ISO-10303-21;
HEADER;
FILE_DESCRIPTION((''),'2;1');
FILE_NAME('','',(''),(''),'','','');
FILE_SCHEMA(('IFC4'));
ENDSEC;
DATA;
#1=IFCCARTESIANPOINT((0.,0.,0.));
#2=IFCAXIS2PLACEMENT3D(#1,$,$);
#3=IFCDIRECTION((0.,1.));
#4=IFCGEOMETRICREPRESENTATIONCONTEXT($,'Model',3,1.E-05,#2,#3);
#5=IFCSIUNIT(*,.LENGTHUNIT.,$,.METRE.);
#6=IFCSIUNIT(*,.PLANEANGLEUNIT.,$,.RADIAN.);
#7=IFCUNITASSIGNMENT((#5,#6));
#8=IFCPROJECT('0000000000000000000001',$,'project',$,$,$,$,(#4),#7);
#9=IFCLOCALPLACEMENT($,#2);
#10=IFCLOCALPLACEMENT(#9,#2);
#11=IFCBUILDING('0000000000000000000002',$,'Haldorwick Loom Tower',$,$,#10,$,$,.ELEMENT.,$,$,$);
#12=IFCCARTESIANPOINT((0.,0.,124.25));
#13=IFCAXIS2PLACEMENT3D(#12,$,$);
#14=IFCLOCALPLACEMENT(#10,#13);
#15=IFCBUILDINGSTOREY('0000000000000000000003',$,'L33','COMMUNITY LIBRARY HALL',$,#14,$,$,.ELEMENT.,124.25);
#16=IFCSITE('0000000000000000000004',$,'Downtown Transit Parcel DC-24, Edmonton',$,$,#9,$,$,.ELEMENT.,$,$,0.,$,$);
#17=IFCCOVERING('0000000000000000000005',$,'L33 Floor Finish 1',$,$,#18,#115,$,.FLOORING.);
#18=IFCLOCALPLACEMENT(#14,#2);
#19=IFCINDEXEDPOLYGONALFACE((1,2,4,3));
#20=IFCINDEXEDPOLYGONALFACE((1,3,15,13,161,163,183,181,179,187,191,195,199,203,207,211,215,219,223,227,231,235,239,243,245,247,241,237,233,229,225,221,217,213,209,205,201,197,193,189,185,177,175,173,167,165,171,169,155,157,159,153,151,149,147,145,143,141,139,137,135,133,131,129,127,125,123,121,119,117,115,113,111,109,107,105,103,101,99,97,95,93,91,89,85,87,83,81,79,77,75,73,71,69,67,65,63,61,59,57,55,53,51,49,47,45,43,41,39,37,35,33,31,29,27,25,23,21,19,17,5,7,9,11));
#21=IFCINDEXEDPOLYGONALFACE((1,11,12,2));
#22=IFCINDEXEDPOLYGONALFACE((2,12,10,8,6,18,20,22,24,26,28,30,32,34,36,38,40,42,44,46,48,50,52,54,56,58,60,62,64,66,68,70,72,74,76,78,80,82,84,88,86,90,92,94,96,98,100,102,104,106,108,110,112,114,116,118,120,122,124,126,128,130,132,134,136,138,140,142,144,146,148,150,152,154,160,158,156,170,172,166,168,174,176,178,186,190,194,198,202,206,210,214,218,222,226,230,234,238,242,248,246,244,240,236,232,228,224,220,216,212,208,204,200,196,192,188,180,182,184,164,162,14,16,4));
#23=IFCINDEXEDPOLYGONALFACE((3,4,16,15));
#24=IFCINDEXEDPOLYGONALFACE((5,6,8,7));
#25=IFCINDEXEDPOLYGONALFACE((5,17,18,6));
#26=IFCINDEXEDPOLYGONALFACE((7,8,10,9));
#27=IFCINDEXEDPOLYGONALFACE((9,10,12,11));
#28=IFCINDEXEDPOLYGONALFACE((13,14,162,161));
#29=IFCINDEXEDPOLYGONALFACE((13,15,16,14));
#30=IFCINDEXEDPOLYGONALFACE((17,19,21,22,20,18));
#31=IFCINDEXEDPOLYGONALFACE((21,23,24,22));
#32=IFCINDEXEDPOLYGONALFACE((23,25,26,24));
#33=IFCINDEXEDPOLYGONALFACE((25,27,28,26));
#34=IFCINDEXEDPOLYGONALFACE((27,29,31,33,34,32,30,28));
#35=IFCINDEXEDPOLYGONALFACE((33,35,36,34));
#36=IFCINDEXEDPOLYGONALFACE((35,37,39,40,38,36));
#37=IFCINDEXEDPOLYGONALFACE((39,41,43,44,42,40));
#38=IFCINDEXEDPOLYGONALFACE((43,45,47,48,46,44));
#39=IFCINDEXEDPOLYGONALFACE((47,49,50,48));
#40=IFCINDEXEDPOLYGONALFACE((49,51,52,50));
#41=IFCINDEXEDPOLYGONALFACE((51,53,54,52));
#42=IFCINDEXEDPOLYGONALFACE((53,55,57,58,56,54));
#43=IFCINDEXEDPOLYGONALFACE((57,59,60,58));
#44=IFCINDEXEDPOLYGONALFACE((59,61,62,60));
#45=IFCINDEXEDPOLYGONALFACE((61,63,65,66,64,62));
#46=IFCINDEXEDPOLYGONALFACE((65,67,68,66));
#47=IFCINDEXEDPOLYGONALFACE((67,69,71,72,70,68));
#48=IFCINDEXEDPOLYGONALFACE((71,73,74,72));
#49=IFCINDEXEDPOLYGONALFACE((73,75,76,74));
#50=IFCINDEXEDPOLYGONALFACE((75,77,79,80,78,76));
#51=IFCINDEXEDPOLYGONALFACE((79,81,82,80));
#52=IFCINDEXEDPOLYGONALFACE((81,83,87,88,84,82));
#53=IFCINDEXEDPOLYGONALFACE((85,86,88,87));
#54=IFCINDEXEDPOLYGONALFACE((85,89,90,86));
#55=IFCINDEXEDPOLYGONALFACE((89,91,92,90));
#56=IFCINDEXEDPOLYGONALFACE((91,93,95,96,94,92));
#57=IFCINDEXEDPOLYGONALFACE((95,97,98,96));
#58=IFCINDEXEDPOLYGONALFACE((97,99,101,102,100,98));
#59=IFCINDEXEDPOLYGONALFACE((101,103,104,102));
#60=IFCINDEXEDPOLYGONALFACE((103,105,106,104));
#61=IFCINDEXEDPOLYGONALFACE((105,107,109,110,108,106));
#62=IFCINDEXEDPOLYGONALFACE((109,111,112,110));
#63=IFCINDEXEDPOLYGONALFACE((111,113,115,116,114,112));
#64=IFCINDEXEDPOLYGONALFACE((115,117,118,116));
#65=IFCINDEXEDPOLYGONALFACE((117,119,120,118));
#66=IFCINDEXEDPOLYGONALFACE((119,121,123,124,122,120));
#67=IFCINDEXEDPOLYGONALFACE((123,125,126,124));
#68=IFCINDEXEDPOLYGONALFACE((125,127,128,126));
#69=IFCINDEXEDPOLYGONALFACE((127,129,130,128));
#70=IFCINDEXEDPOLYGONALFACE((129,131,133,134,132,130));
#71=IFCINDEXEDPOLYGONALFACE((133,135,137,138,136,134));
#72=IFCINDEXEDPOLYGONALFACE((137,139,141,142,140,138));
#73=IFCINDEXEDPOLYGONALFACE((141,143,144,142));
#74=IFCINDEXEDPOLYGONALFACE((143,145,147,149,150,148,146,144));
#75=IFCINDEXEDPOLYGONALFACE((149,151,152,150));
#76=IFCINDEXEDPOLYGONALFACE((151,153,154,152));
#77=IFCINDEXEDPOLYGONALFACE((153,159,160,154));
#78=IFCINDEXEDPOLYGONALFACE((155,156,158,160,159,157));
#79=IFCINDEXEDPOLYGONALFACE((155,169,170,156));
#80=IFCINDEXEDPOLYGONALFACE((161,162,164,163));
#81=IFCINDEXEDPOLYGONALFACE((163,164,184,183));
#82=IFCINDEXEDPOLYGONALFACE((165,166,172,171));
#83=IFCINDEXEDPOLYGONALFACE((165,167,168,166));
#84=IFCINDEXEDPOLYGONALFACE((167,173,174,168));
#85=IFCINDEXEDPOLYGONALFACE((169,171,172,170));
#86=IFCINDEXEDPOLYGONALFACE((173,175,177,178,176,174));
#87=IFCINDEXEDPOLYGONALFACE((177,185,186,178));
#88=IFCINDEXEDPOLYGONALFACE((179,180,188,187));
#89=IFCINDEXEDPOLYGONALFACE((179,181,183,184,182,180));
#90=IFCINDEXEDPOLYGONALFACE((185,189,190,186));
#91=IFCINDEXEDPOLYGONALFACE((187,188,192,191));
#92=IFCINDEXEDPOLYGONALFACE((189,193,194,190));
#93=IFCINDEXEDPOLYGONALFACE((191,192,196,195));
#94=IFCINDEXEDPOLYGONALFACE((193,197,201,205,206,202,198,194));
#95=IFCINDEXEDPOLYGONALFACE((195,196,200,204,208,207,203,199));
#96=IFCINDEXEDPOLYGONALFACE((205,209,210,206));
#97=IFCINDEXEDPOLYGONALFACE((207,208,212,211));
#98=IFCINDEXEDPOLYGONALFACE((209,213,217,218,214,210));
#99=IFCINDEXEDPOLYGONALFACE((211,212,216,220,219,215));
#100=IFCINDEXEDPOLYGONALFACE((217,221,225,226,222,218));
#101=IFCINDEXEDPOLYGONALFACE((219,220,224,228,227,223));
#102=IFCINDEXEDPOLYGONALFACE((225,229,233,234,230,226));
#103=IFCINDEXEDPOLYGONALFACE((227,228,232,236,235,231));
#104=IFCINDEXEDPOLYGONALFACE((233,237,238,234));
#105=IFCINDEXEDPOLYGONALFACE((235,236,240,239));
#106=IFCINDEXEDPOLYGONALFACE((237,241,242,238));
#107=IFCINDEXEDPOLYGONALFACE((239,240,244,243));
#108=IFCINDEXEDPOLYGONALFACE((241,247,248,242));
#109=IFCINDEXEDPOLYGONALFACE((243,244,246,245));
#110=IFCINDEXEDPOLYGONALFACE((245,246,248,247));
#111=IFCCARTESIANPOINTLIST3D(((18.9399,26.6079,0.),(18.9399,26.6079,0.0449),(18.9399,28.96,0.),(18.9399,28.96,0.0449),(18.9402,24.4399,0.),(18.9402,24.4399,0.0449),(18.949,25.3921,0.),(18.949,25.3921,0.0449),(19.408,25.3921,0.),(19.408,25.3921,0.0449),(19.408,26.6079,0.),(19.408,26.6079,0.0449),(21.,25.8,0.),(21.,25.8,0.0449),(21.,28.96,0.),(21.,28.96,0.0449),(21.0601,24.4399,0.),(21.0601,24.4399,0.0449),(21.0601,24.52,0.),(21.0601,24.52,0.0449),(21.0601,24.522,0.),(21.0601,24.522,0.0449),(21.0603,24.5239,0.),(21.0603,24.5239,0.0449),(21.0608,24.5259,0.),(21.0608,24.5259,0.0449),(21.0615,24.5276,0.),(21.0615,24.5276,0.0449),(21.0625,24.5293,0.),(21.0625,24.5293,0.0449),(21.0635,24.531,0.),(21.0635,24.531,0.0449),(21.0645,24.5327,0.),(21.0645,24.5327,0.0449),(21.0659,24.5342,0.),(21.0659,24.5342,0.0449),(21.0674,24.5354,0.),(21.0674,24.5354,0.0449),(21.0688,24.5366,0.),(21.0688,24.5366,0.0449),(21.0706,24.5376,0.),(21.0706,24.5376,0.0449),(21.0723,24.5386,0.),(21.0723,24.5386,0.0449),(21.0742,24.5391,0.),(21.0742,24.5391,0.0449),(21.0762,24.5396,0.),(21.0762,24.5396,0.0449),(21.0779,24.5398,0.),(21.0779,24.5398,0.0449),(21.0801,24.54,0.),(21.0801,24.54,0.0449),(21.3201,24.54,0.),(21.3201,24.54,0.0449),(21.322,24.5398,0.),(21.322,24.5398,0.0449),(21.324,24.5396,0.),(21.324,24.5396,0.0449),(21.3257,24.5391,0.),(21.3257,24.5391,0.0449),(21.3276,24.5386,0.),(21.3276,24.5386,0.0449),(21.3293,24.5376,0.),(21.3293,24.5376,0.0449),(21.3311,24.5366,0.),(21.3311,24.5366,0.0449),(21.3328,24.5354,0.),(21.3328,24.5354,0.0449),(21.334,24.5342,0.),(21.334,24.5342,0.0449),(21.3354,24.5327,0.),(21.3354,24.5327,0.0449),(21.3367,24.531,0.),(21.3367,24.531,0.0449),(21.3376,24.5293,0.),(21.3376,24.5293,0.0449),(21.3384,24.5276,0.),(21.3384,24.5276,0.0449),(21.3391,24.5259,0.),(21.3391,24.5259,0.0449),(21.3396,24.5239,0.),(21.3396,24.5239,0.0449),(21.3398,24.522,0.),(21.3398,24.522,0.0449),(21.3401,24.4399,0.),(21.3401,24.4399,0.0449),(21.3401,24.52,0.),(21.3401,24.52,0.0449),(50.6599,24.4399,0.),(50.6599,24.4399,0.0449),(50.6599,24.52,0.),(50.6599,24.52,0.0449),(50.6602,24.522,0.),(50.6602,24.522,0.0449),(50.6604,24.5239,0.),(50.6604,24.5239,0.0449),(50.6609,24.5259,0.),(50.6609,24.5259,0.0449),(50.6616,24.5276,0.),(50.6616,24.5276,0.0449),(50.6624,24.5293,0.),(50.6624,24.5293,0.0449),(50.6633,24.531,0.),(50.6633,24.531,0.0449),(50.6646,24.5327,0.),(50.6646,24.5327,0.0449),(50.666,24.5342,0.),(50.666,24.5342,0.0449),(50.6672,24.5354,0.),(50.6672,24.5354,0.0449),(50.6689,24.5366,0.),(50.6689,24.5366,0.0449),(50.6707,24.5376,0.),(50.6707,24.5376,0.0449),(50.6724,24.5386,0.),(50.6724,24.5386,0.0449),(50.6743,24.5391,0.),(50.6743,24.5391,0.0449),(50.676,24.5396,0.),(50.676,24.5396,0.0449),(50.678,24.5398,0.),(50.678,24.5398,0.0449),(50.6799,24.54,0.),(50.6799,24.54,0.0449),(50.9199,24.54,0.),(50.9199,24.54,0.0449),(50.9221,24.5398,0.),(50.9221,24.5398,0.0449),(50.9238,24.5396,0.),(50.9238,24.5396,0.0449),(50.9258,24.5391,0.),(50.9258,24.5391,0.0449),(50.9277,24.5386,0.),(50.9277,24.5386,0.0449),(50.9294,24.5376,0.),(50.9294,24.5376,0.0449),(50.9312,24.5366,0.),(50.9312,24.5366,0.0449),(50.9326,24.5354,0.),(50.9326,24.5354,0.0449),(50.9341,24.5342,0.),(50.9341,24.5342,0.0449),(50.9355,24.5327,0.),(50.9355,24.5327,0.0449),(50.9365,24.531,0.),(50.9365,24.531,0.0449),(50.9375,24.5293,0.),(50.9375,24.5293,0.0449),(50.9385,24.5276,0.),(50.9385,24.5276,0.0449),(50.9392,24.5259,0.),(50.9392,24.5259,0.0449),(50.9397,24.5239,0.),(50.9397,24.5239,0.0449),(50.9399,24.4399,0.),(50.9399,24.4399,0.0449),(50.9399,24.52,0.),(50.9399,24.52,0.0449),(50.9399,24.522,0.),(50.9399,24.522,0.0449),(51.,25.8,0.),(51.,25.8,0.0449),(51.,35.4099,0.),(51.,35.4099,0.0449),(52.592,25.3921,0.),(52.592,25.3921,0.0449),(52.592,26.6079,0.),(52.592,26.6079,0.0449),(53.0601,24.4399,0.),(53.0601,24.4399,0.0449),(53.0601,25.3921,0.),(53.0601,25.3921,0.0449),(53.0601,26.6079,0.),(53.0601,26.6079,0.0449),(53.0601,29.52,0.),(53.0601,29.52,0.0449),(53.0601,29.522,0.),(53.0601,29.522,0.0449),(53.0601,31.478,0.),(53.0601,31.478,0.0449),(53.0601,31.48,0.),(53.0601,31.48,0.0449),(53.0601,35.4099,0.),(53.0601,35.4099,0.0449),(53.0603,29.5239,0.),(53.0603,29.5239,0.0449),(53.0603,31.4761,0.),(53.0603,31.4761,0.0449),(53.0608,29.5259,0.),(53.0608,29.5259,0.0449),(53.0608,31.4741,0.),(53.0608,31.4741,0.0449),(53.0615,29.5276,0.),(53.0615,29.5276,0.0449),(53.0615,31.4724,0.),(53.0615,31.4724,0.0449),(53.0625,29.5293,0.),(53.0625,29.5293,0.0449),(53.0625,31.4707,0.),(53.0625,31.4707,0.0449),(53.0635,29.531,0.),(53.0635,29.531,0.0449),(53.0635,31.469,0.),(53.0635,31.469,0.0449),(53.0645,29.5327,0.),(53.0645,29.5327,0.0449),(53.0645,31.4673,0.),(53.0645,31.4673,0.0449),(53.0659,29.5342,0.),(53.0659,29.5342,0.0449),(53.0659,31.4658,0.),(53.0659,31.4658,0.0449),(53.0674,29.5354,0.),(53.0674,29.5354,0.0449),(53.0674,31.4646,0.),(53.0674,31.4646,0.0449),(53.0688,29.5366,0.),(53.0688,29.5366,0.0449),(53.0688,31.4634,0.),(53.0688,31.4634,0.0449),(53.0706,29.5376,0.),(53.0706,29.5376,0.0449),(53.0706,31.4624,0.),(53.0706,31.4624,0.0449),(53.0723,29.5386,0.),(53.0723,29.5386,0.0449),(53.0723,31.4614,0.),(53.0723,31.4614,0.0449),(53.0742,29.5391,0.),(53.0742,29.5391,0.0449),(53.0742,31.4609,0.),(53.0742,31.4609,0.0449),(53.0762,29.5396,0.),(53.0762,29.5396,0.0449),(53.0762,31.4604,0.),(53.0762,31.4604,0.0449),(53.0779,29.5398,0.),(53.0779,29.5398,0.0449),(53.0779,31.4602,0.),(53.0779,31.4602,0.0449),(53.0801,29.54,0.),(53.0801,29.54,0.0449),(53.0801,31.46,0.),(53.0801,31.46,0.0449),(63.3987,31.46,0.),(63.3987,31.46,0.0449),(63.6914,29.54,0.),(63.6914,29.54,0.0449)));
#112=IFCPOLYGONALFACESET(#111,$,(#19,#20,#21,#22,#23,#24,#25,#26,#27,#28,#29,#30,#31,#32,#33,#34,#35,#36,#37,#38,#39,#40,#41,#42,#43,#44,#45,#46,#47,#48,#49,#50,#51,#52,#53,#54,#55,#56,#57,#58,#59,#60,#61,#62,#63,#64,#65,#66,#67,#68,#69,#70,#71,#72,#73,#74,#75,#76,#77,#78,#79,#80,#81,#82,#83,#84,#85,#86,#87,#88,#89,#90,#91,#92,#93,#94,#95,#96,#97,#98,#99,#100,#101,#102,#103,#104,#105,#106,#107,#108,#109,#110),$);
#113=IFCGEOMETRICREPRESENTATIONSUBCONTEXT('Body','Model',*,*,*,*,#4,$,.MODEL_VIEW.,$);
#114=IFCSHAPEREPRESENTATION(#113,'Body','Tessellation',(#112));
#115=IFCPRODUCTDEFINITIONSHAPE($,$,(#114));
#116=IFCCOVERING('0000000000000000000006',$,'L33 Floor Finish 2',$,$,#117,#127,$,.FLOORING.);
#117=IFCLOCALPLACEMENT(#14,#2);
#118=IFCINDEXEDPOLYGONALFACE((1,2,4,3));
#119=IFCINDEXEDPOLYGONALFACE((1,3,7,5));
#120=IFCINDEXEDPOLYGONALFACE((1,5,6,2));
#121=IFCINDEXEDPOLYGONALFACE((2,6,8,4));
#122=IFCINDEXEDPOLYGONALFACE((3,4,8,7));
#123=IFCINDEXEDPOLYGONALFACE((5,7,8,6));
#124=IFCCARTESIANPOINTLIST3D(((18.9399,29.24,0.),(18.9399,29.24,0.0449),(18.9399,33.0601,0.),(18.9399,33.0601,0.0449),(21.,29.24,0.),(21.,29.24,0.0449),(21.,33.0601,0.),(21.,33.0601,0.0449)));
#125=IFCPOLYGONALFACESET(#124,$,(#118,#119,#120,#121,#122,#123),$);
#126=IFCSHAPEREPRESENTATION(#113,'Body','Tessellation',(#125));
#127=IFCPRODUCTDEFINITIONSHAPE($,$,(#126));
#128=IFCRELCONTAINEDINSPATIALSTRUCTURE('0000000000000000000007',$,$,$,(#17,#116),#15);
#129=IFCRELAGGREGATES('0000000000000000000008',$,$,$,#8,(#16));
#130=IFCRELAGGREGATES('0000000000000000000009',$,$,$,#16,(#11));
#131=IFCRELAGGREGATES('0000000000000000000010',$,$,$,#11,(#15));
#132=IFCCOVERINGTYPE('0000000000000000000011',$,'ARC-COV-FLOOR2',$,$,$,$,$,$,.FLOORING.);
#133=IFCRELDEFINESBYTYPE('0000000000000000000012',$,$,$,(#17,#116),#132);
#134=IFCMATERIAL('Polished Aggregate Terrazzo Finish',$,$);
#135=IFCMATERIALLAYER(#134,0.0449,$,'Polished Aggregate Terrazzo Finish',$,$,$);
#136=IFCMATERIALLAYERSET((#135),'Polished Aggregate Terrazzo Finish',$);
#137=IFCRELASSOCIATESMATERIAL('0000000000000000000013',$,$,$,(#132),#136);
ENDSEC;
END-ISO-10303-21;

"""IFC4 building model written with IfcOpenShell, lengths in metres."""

from ifc_helpers import new_model, si_unit, direction, frame, origin, place, context, subcontext, project, spatial, polyline, outline, extrude, material, layer, layer_set, type_object, element, save


model = new_model("IFC4")

# Units and contexts
model_context = context("Model", 3, precision=1e-05, world=origin(), true_north=direction((0.0, 1.0)))
body_context = subcontext(model_context, "Body", "Model", "MODEL_VIEW")
ifc_project = project(units=[si_unit("LENGTHUNIT", "METRE"), si_unit("PLANEANGLEUNIT", "RADIAN")], contexts=[model_context])

# Site, building, storey
site_placement = place(None, origin())
site = spatial("IfcSite", under=ifc_project, at=site_placement, Name="Downtown Transit Parcel DC-24, Edmonton", CompositionType="ELEMENT", RefElevation=0.0)
building_placement = place(site_placement, origin())
building = spatial("IfcBuilding", under=site, at=building_placement, Name="Haldorwick Loom Tower", CompositionType="ELEMENT")
storey_placement = place(building_placement, frame((0.0, 0.0, 124.25)))
storey = spatial("IfcBuildingStorey", under=building, at=storey_placement, Name="L33", Description="COMMUNITY LIBRARY HALL", CompositionType="ELEMENT", Elevation=124.25)

# Coverings
ifc_material_1 = material(Name="Polished Aggregate Terrazzo Finish")
ifc_layer_1 = layer(ifc_material_1, 0.0449, Name="Polished Aggregate Terrazzo Finish")
ifc_layer_set_1 = layer_set([ifc_layer_1], Name="Polished Aggregate Terrazzo Finish")
covering_type_1 = type_object("IfcCoveringType", Name="ARC-COV-FLOOR2", PredefinedType="FLOORING", material=ifc_layer_set_1)
covering_1_placement = place(storey_placement, origin())
element("IfcCovering", 1, at=covering_1_placement, inside=storey, type_object=covering_type_1, Name="L33 Floor Finish 1", PredefinedType="FLOORING", context=body_context, shape_type="SweptSolid", body=[
    extrude(outline(polyline([(18.9399, 26.6079), (19.408, 26.6079), (19.408, 25.3921), (18.949, 25.3921), (18.9402, 24.4399), (21.0601, 24.4399), (21.0601, 24.52), (21.0601, 24.522), (21.0603, 24.5239), (21.0608, 24.5259), (21.0615, 24.5276), (21.0625, 24.5293), (21.0635, 24.531), (21.0645, 24.5327), (21.0659, 24.5342), (21.0674, 24.5354), (21.0688, 24.5366), (21.0706, 24.5376), (21.0723, 24.5386), (21.0742, 24.5391), (21.0762, 24.5396), (21.0779, 24.5398), (21.0801, 24.54), (21.3201, 24.54), (21.322, 24.5398), (21.324, 24.5396), (21.3257, 24.5391), (21.3276, 24.5386), (21.3293, 24.5376), (21.3311, 24.5366), (21.3328, 24.5354), (21.334, 24.5342), (21.3354, 24.5327), (21.3367, 24.531), (21.3376, 24.5293), (21.3384, 24.5276), (21.3391, 24.5259), (21.3396, 24.5239), (21.3398, 24.522), (21.3401, 24.52), (21.3401, 24.4399), (50.6599, 24.4399), (50.6599, 24.52), (50.6602, 24.522), (50.6604, 24.5239), (50.6609, 24.5259), (50.6616, 24.5276), (50.6624, 24.5293), (50.6633, 24.531), (50.6646, 24.5327), (50.666, 24.5342), (50.6672, 24.5354), (50.6689, 24.5366), (50.6707, 24.5376), (50.6724, 24.5386), (50.6743, 24.5391), (50.676, 24.5396), (50.678, 24.5398), (50.6799, 24.54), (50.9199, 24.54), (50.9221, 24.5398), (50.9238, 24.5396), (50.9258, 24.5391), (50.9277, 24.5386), (50.9294, 24.5376), (50.9312, 24.5366), (50.9326, 24.5354), (50.9341, 24.5342), (50.9355, 24.5327), (50.9365, 24.531), (50.9375, 24.5293), (50.9385, 24.5276), (50.9392, 24.5259), (50.9397, 24.5239), (50.9399, 24.522), (50.9399, 24.52), (50.9399, 24.4399), (53.0601, 24.4399), (53.0601, 25.3921), (52.592, 25.3921), (52.592, 26.6079), (53.0601, 26.6079), (53.0601, 29.52), (53.0601, 29.522), (53.0603, 29.5239), (53.0608, 29.5259), (53.0615, 29.5276), (53.0625, 29.5293), (53.0635, 29.531), (53.0645, 29.5327), (53.0659, 29.5342), (53.0674, 29.5354), (53.0688, 29.5366), (53.0706, 29.5376), (53.0723, 29.5386), (53.0742, 29.5391), (53.0762, 29.5396), (53.0779, 29.5398), (53.0801, 29.54), (63.6914, 29.54), (63.3987, 31.46), (53.0801, 31.46), (53.0779, 31.4602), (53.0762, 31.4604), (53.0742, 31.4609), (53.0723, 31.4614), (53.0706, 31.4624), (53.0688, 31.4634), (53.0674, 31.4646), (53.0659, 31.4658), (53.0645, 31.4673), (53.0635, 31.469), (53.0625, 31.4707), (53.0615, 31.4724), (53.0608, 31.4741), (53.0603, 31.4761), (53.0601, 31.478), (53.0601, 31.48), (53.0601, 35.4099), (51.0, 35.4099), (51.0, 25.8), (21.0, 25.8), (21.0, 28.96), (18.9399, 28.96), (18.9399, 26.6079)])), origin(), (0.0, 0.0, 1.0), 0.0449),
])
covering_2_placement = place(storey_placement, origin())
element("IfcCovering", 2, at=covering_2_placement, inside=storey, type_object=covering_type_1, Name="L33 Floor Finish 2", PredefinedType="FLOORING", context=body_context, shape_type="SweptSolid", body=[
    extrude(outline(polyline([(21.0, 29.24), (21.0, 33.0601), (18.9399, 33.0601), (18.9399, 29.24), (21.0, 29.24)])), origin(), (0.0, 0.0, 1.0), 0.0449),
])

save(model, "model.ifc")
